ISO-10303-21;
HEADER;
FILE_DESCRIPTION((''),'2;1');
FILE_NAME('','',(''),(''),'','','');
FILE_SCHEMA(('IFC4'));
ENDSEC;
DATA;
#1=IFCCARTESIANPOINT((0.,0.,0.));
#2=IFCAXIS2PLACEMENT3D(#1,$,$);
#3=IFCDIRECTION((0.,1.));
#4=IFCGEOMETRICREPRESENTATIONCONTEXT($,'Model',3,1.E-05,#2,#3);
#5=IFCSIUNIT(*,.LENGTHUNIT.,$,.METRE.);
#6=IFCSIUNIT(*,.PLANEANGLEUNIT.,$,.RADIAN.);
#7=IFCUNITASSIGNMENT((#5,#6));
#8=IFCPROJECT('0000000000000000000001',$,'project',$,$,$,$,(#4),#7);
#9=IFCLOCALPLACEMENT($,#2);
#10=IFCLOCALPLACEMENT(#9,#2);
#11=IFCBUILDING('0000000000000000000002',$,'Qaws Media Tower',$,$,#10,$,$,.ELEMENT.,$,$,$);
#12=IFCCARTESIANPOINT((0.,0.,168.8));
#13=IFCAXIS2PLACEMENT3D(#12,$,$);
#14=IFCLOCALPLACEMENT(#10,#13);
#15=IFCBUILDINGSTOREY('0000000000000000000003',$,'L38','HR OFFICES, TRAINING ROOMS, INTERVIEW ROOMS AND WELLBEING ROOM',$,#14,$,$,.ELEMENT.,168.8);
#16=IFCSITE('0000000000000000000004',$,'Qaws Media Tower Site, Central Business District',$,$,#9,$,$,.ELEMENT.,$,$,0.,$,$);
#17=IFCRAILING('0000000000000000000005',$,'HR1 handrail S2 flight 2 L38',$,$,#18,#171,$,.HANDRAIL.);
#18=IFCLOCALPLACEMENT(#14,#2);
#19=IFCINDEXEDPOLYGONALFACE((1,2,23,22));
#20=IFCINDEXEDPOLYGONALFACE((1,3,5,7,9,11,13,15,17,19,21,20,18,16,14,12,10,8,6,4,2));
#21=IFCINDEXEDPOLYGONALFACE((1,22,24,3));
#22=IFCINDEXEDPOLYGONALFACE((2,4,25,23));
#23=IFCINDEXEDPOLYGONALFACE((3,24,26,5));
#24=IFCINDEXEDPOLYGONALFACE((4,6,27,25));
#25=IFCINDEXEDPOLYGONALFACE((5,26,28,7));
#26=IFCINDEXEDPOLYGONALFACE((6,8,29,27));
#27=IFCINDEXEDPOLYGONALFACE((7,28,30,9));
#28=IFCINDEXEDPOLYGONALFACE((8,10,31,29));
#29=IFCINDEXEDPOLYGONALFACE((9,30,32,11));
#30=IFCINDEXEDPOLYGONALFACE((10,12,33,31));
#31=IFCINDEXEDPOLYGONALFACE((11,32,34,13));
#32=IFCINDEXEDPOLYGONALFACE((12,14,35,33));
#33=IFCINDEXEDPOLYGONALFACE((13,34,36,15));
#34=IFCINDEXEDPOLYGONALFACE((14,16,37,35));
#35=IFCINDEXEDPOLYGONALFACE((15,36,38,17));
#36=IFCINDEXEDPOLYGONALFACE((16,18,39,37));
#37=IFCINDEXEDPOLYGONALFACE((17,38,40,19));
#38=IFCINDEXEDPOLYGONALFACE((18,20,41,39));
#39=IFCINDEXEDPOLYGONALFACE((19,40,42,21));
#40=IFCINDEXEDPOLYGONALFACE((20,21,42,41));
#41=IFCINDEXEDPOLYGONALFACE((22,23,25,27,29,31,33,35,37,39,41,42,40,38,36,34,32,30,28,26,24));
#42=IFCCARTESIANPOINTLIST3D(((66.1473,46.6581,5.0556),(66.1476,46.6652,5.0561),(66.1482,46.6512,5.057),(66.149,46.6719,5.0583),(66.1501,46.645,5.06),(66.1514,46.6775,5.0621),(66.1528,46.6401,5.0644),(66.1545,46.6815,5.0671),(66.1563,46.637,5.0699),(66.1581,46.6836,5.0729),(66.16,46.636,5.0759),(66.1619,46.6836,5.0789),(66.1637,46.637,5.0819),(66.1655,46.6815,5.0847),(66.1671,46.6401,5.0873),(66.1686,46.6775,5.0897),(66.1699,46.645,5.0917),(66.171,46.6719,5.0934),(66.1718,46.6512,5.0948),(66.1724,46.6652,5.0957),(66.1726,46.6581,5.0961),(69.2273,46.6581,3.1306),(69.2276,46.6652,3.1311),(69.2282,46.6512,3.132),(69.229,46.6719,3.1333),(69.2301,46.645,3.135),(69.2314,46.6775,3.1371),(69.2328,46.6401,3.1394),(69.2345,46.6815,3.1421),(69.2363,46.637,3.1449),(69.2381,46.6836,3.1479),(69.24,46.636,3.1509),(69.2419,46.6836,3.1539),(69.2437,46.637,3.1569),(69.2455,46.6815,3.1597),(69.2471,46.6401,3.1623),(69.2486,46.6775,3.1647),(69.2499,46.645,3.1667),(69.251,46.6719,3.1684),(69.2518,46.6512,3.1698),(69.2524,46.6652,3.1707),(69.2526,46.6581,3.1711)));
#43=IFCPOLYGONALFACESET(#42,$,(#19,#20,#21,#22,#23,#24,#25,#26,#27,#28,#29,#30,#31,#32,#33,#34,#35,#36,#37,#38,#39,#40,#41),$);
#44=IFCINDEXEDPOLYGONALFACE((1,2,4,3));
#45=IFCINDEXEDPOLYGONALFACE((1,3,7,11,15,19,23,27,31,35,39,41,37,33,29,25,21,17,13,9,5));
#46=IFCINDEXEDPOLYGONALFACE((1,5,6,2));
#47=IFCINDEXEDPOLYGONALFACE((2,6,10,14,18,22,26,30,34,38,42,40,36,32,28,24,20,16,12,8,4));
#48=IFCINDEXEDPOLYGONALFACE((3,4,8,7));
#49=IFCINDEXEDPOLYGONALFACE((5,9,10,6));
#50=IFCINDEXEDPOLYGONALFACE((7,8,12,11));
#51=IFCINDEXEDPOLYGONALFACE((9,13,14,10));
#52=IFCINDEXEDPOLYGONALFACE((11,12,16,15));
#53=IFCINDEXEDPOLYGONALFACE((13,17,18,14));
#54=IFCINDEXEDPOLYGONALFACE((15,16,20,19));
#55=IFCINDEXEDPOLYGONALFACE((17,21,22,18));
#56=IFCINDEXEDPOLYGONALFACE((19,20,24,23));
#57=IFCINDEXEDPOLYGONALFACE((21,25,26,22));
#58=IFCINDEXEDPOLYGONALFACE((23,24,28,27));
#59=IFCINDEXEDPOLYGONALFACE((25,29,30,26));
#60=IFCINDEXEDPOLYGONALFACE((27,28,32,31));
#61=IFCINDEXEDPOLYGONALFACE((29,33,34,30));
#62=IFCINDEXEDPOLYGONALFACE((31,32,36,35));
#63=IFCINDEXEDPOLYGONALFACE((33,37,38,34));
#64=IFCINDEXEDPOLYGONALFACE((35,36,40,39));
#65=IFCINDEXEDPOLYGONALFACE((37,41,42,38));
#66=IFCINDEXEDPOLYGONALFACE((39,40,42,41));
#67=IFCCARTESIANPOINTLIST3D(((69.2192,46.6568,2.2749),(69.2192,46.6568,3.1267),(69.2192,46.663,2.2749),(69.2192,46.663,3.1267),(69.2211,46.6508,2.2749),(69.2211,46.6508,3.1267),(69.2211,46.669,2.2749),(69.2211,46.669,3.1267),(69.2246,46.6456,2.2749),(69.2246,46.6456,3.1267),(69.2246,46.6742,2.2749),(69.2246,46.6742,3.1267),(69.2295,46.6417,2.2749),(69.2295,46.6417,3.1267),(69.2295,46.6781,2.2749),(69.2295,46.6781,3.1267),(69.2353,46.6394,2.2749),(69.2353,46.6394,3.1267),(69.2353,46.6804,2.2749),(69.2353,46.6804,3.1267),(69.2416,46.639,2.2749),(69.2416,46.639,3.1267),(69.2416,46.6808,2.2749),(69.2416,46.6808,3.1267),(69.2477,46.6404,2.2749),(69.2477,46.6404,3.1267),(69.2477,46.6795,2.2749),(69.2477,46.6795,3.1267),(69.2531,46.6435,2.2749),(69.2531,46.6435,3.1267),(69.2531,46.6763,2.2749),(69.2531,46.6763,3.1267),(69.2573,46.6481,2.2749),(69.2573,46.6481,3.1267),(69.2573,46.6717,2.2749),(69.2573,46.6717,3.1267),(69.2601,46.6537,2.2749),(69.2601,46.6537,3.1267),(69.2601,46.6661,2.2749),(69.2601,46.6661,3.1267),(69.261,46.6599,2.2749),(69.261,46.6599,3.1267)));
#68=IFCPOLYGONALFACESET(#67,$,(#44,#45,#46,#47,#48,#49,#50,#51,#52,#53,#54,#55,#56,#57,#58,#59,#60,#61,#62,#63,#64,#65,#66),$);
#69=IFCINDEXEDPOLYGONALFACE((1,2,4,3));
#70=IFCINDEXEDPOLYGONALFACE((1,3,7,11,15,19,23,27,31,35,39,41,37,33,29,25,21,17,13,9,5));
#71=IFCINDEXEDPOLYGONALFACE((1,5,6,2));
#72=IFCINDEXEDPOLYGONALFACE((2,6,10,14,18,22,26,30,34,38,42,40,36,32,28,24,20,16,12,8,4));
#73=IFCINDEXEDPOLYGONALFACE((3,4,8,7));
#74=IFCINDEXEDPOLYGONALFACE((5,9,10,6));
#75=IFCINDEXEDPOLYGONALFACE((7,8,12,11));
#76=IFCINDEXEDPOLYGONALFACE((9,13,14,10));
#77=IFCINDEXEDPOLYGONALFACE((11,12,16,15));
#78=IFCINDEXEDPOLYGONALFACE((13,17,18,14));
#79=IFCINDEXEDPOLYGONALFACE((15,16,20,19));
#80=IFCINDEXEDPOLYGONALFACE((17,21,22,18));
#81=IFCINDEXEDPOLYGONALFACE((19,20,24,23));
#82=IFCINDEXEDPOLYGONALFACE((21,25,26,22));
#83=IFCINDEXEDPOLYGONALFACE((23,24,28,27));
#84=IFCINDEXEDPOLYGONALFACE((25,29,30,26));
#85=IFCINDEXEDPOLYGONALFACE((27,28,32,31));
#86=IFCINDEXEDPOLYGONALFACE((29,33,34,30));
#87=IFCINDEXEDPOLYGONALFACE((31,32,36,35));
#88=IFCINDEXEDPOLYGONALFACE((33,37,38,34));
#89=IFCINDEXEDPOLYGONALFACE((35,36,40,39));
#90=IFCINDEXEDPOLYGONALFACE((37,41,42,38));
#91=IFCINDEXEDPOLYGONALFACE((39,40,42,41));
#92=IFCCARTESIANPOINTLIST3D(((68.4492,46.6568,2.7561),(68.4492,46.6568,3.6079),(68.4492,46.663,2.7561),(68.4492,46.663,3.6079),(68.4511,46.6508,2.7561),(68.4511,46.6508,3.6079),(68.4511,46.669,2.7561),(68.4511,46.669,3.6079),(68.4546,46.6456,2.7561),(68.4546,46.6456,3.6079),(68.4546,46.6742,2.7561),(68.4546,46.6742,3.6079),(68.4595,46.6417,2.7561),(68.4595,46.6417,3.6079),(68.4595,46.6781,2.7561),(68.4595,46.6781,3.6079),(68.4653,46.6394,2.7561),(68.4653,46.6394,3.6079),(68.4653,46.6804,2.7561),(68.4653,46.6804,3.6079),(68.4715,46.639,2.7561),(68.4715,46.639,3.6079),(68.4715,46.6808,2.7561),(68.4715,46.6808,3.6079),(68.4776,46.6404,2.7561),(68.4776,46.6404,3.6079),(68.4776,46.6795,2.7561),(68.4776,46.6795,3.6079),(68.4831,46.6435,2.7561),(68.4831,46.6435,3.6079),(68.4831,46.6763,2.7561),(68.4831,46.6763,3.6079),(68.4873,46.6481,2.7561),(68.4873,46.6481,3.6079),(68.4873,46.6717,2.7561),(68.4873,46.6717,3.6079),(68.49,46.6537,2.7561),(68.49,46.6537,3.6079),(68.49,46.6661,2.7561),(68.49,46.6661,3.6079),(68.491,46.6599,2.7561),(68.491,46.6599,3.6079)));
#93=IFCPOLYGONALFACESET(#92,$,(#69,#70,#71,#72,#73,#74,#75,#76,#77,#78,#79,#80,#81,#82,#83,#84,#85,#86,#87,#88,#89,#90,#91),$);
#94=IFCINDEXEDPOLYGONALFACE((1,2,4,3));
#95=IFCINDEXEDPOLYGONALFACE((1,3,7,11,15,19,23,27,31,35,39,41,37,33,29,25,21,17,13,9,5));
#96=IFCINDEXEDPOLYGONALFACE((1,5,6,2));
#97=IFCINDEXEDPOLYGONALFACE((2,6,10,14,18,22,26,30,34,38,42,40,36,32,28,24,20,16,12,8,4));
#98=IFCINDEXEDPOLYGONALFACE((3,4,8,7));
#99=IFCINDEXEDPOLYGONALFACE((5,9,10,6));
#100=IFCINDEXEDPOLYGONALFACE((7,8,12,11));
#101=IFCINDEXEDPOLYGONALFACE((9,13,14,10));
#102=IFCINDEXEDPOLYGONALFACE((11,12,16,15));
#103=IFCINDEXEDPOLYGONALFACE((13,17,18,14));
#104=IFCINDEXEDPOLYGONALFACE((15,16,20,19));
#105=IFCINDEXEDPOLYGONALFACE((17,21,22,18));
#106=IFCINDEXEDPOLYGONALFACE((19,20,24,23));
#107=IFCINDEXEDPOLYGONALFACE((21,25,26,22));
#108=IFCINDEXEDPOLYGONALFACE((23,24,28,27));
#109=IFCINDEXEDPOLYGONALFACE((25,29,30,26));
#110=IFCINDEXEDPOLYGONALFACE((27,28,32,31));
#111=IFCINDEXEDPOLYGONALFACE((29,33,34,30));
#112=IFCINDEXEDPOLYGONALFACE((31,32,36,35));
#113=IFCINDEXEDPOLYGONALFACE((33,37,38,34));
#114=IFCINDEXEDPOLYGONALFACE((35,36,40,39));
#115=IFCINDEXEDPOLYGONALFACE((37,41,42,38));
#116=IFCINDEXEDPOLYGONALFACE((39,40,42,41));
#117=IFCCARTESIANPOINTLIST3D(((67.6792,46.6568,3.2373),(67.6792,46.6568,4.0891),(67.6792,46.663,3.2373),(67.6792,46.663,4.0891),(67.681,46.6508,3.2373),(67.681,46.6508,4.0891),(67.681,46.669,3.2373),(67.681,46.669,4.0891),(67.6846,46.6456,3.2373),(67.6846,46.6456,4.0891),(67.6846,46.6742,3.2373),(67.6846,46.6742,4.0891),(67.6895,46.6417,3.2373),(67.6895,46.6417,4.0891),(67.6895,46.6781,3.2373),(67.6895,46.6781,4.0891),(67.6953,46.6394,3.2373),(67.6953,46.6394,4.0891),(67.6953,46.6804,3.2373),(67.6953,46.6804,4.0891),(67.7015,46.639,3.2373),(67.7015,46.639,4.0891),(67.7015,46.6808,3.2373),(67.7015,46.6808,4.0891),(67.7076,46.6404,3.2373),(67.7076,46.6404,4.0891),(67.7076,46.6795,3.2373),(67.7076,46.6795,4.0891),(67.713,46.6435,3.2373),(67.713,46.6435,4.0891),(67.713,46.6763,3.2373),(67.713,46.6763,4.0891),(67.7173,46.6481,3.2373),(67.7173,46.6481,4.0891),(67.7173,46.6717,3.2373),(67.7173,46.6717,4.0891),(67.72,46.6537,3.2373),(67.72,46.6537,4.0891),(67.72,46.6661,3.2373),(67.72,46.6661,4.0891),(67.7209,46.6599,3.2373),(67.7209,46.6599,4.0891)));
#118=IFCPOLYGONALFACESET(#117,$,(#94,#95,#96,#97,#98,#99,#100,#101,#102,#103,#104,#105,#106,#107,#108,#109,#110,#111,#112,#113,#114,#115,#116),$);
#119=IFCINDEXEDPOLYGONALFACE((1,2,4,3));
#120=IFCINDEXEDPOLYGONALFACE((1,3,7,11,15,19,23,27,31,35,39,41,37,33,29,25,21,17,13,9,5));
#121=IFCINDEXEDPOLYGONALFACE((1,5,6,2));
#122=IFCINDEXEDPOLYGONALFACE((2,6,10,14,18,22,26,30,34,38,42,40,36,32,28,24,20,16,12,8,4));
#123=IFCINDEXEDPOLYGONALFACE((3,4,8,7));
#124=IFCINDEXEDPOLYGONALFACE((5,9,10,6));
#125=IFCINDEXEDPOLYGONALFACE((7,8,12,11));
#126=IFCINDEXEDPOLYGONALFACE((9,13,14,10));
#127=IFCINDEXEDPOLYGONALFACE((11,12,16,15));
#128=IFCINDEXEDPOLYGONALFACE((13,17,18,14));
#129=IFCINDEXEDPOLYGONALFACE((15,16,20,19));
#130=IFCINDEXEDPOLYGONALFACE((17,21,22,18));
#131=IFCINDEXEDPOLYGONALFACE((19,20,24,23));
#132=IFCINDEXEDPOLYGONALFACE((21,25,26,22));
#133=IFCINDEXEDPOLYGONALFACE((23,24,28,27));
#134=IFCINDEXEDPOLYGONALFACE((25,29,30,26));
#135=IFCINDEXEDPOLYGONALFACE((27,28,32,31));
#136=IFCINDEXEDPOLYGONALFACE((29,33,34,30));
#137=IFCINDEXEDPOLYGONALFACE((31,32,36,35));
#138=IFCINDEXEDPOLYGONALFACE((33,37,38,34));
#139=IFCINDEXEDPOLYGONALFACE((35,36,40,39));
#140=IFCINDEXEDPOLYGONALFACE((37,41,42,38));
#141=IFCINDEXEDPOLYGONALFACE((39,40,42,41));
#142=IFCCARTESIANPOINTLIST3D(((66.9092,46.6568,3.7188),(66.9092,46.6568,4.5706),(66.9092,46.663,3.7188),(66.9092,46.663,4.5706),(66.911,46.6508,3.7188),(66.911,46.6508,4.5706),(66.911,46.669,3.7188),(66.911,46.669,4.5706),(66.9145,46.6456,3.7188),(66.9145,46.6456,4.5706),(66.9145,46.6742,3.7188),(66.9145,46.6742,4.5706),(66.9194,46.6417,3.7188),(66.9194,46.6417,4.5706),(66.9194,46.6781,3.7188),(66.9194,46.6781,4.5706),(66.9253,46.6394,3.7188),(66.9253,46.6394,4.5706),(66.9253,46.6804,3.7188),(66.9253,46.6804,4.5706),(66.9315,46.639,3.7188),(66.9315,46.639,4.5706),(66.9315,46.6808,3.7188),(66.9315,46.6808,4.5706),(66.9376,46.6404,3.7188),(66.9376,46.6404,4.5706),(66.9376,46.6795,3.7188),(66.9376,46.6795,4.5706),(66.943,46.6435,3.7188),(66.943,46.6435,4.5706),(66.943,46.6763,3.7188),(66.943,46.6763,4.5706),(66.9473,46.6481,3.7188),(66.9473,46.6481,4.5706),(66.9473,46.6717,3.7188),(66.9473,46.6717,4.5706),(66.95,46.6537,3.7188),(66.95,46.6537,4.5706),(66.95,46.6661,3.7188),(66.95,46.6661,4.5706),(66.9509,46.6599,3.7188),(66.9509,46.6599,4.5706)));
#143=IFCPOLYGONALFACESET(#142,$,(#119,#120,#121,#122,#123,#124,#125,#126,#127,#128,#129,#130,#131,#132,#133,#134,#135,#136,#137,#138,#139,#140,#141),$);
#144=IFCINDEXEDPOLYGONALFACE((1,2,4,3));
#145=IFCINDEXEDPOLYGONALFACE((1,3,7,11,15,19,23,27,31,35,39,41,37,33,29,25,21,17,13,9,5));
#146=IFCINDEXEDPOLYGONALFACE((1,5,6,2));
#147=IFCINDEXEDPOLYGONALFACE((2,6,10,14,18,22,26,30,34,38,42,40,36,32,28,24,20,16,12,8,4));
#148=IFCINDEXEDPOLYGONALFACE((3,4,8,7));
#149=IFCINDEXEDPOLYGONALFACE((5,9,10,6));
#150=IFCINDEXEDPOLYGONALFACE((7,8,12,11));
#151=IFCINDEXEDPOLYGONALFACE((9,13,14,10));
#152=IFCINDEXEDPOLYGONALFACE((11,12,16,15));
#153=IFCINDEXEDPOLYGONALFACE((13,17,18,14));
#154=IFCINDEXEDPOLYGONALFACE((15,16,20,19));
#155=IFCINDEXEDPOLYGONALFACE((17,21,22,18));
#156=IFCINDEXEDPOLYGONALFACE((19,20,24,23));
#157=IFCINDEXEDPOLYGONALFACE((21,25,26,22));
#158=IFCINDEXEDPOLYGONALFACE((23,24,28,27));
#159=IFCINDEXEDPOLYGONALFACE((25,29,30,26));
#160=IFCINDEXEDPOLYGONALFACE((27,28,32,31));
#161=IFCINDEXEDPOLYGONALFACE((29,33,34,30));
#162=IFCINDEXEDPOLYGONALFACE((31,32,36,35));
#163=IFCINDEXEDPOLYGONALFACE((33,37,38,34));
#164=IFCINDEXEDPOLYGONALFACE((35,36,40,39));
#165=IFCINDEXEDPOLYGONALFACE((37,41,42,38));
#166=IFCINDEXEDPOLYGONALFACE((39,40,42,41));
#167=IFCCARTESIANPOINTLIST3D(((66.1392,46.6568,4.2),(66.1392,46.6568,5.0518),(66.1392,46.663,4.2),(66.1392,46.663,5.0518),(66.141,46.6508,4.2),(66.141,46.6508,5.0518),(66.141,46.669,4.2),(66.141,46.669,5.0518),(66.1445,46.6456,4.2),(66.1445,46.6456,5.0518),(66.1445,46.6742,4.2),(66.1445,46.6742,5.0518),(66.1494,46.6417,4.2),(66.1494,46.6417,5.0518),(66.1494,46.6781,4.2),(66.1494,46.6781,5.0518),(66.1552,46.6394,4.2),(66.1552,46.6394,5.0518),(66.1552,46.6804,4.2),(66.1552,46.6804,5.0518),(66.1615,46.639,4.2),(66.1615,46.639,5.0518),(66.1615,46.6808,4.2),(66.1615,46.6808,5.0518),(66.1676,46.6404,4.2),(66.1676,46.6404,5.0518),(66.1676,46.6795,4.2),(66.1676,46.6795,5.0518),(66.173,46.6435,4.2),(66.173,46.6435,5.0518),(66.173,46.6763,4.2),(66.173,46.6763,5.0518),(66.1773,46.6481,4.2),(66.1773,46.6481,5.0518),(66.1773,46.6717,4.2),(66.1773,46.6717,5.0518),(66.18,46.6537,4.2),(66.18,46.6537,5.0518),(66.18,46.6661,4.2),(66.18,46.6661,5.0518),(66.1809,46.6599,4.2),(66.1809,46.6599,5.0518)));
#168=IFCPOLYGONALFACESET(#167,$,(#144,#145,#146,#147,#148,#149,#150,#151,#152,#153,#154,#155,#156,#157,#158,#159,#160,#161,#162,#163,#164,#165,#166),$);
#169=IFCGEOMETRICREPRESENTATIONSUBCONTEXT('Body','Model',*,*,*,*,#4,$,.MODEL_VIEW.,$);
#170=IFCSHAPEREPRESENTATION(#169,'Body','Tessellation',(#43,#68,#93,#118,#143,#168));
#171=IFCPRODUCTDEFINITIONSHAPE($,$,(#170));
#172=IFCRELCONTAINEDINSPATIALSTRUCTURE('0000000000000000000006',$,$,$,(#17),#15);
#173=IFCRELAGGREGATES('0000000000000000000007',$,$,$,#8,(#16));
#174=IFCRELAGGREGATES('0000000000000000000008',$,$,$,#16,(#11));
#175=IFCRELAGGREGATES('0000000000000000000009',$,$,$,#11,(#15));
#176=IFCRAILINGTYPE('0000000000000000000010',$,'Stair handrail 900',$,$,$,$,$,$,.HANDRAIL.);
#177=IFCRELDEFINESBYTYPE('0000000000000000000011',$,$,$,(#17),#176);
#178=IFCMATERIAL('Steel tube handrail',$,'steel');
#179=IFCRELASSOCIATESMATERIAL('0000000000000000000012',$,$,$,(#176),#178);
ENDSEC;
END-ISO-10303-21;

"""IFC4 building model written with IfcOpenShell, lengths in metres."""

from ifc_helpers import new_model, si_unit, direction, frame, origin, origin_2d, place, context, subcontext, project, spatial, circle, extrude, material, type_object, element, save


model = new_model("IFC4")

# Units and contexts
model_context = context("Model", 3, precision=1e-05, world=origin(), true_north=direction((0.0, 1.0)))
body_context = subcontext(model_context, "Body", "Model", "MODEL_VIEW")
ifc_project = project(units=[si_unit("LENGTHUNIT", "METRE"), si_unit("PLANEANGLEUNIT", "RADIAN")], contexts=[model_context])

# Site, building, storey
site_placement = place(None, origin())
site = spatial("IfcSite", under=ifc_project, at=site_placement, Name="Qaws Media Tower Site, Central Business District", CompositionType="ELEMENT", RefElevation=0.0)
building_placement = place(site_placement, origin())
building = spatial("IfcBuilding", under=site, at=building_placement, Name="Qaws Media Tower", CompositionType="ELEMENT")
storey_placement = place(building_placement, frame((0.0, 0.0, 168.8)))
storey = spatial("IfcBuildingStorey", under=building, at=storey_placement, Name="L38", Description="HR OFFICES, TRAINING ROOMS, INTERVIEW ROOMS AND WELLBEING ROOM", CompositionType="ELEMENT", Elevation=168.8)

# Railing
ifc_material_1 = material(Name="Steel tube handrail", Category="steel")
railing_type = type_object("IfcRailingType", Name="Stair handrail 900", PredefinedType="HANDRAIL", material=ifc_material_1)
for number, where, name in (
    (1, (69.24, 46.6599, 2.2749), "HR1 handrail S2 flight 2 L38"),
):
    element("IfcRailing", number, at=place(storey_placement, frame(where)), inside=storey, type_object=railing_type, Name=name, PredefinedType="HANDRAIL", context=body_context, shape_type="SweptSolid", body=[
        extrude(circle(Radius=0.0239, at=origin_2d()), frame((0.0, 0.0, 0.876), z_axis=(-0.847998, 0.0, 0.529999), x_axis=(0.0, -1.0, 0.0)), (0.0, 0.0, 1.0), 3.6321),
        extrude(circle(Radius=0.021, at=origin_2d()), origin(), (0.0, 0.0, 1.0), 0.8518),
        extrude(circle(Radius=0.021, at=origin_2d()), frame((-0.77, 0.0, 0.4812)), (0.0, 0.0, 1.0), 0.8518),
        extrude(circle(Radius=0.021, at=origin_2d()), frame((-1.54, 0.0, 0.9624)), (0.0, 0.0, 1.0), 0.8518),
        extrude(circle(Radius=0.021, at=origin_2d()), frame((-2.3101, 0.0, 1.4438)), (0.0, 0.0, 1.0), 0.8518),
        extrude(circle(Radius=0.021, at=origin_2d()), frame((-3.0801, 0.0, 1.925)), (0.0, 0.0, 1.0), 0.8518),
    ])

save(model, "model.ifc")
